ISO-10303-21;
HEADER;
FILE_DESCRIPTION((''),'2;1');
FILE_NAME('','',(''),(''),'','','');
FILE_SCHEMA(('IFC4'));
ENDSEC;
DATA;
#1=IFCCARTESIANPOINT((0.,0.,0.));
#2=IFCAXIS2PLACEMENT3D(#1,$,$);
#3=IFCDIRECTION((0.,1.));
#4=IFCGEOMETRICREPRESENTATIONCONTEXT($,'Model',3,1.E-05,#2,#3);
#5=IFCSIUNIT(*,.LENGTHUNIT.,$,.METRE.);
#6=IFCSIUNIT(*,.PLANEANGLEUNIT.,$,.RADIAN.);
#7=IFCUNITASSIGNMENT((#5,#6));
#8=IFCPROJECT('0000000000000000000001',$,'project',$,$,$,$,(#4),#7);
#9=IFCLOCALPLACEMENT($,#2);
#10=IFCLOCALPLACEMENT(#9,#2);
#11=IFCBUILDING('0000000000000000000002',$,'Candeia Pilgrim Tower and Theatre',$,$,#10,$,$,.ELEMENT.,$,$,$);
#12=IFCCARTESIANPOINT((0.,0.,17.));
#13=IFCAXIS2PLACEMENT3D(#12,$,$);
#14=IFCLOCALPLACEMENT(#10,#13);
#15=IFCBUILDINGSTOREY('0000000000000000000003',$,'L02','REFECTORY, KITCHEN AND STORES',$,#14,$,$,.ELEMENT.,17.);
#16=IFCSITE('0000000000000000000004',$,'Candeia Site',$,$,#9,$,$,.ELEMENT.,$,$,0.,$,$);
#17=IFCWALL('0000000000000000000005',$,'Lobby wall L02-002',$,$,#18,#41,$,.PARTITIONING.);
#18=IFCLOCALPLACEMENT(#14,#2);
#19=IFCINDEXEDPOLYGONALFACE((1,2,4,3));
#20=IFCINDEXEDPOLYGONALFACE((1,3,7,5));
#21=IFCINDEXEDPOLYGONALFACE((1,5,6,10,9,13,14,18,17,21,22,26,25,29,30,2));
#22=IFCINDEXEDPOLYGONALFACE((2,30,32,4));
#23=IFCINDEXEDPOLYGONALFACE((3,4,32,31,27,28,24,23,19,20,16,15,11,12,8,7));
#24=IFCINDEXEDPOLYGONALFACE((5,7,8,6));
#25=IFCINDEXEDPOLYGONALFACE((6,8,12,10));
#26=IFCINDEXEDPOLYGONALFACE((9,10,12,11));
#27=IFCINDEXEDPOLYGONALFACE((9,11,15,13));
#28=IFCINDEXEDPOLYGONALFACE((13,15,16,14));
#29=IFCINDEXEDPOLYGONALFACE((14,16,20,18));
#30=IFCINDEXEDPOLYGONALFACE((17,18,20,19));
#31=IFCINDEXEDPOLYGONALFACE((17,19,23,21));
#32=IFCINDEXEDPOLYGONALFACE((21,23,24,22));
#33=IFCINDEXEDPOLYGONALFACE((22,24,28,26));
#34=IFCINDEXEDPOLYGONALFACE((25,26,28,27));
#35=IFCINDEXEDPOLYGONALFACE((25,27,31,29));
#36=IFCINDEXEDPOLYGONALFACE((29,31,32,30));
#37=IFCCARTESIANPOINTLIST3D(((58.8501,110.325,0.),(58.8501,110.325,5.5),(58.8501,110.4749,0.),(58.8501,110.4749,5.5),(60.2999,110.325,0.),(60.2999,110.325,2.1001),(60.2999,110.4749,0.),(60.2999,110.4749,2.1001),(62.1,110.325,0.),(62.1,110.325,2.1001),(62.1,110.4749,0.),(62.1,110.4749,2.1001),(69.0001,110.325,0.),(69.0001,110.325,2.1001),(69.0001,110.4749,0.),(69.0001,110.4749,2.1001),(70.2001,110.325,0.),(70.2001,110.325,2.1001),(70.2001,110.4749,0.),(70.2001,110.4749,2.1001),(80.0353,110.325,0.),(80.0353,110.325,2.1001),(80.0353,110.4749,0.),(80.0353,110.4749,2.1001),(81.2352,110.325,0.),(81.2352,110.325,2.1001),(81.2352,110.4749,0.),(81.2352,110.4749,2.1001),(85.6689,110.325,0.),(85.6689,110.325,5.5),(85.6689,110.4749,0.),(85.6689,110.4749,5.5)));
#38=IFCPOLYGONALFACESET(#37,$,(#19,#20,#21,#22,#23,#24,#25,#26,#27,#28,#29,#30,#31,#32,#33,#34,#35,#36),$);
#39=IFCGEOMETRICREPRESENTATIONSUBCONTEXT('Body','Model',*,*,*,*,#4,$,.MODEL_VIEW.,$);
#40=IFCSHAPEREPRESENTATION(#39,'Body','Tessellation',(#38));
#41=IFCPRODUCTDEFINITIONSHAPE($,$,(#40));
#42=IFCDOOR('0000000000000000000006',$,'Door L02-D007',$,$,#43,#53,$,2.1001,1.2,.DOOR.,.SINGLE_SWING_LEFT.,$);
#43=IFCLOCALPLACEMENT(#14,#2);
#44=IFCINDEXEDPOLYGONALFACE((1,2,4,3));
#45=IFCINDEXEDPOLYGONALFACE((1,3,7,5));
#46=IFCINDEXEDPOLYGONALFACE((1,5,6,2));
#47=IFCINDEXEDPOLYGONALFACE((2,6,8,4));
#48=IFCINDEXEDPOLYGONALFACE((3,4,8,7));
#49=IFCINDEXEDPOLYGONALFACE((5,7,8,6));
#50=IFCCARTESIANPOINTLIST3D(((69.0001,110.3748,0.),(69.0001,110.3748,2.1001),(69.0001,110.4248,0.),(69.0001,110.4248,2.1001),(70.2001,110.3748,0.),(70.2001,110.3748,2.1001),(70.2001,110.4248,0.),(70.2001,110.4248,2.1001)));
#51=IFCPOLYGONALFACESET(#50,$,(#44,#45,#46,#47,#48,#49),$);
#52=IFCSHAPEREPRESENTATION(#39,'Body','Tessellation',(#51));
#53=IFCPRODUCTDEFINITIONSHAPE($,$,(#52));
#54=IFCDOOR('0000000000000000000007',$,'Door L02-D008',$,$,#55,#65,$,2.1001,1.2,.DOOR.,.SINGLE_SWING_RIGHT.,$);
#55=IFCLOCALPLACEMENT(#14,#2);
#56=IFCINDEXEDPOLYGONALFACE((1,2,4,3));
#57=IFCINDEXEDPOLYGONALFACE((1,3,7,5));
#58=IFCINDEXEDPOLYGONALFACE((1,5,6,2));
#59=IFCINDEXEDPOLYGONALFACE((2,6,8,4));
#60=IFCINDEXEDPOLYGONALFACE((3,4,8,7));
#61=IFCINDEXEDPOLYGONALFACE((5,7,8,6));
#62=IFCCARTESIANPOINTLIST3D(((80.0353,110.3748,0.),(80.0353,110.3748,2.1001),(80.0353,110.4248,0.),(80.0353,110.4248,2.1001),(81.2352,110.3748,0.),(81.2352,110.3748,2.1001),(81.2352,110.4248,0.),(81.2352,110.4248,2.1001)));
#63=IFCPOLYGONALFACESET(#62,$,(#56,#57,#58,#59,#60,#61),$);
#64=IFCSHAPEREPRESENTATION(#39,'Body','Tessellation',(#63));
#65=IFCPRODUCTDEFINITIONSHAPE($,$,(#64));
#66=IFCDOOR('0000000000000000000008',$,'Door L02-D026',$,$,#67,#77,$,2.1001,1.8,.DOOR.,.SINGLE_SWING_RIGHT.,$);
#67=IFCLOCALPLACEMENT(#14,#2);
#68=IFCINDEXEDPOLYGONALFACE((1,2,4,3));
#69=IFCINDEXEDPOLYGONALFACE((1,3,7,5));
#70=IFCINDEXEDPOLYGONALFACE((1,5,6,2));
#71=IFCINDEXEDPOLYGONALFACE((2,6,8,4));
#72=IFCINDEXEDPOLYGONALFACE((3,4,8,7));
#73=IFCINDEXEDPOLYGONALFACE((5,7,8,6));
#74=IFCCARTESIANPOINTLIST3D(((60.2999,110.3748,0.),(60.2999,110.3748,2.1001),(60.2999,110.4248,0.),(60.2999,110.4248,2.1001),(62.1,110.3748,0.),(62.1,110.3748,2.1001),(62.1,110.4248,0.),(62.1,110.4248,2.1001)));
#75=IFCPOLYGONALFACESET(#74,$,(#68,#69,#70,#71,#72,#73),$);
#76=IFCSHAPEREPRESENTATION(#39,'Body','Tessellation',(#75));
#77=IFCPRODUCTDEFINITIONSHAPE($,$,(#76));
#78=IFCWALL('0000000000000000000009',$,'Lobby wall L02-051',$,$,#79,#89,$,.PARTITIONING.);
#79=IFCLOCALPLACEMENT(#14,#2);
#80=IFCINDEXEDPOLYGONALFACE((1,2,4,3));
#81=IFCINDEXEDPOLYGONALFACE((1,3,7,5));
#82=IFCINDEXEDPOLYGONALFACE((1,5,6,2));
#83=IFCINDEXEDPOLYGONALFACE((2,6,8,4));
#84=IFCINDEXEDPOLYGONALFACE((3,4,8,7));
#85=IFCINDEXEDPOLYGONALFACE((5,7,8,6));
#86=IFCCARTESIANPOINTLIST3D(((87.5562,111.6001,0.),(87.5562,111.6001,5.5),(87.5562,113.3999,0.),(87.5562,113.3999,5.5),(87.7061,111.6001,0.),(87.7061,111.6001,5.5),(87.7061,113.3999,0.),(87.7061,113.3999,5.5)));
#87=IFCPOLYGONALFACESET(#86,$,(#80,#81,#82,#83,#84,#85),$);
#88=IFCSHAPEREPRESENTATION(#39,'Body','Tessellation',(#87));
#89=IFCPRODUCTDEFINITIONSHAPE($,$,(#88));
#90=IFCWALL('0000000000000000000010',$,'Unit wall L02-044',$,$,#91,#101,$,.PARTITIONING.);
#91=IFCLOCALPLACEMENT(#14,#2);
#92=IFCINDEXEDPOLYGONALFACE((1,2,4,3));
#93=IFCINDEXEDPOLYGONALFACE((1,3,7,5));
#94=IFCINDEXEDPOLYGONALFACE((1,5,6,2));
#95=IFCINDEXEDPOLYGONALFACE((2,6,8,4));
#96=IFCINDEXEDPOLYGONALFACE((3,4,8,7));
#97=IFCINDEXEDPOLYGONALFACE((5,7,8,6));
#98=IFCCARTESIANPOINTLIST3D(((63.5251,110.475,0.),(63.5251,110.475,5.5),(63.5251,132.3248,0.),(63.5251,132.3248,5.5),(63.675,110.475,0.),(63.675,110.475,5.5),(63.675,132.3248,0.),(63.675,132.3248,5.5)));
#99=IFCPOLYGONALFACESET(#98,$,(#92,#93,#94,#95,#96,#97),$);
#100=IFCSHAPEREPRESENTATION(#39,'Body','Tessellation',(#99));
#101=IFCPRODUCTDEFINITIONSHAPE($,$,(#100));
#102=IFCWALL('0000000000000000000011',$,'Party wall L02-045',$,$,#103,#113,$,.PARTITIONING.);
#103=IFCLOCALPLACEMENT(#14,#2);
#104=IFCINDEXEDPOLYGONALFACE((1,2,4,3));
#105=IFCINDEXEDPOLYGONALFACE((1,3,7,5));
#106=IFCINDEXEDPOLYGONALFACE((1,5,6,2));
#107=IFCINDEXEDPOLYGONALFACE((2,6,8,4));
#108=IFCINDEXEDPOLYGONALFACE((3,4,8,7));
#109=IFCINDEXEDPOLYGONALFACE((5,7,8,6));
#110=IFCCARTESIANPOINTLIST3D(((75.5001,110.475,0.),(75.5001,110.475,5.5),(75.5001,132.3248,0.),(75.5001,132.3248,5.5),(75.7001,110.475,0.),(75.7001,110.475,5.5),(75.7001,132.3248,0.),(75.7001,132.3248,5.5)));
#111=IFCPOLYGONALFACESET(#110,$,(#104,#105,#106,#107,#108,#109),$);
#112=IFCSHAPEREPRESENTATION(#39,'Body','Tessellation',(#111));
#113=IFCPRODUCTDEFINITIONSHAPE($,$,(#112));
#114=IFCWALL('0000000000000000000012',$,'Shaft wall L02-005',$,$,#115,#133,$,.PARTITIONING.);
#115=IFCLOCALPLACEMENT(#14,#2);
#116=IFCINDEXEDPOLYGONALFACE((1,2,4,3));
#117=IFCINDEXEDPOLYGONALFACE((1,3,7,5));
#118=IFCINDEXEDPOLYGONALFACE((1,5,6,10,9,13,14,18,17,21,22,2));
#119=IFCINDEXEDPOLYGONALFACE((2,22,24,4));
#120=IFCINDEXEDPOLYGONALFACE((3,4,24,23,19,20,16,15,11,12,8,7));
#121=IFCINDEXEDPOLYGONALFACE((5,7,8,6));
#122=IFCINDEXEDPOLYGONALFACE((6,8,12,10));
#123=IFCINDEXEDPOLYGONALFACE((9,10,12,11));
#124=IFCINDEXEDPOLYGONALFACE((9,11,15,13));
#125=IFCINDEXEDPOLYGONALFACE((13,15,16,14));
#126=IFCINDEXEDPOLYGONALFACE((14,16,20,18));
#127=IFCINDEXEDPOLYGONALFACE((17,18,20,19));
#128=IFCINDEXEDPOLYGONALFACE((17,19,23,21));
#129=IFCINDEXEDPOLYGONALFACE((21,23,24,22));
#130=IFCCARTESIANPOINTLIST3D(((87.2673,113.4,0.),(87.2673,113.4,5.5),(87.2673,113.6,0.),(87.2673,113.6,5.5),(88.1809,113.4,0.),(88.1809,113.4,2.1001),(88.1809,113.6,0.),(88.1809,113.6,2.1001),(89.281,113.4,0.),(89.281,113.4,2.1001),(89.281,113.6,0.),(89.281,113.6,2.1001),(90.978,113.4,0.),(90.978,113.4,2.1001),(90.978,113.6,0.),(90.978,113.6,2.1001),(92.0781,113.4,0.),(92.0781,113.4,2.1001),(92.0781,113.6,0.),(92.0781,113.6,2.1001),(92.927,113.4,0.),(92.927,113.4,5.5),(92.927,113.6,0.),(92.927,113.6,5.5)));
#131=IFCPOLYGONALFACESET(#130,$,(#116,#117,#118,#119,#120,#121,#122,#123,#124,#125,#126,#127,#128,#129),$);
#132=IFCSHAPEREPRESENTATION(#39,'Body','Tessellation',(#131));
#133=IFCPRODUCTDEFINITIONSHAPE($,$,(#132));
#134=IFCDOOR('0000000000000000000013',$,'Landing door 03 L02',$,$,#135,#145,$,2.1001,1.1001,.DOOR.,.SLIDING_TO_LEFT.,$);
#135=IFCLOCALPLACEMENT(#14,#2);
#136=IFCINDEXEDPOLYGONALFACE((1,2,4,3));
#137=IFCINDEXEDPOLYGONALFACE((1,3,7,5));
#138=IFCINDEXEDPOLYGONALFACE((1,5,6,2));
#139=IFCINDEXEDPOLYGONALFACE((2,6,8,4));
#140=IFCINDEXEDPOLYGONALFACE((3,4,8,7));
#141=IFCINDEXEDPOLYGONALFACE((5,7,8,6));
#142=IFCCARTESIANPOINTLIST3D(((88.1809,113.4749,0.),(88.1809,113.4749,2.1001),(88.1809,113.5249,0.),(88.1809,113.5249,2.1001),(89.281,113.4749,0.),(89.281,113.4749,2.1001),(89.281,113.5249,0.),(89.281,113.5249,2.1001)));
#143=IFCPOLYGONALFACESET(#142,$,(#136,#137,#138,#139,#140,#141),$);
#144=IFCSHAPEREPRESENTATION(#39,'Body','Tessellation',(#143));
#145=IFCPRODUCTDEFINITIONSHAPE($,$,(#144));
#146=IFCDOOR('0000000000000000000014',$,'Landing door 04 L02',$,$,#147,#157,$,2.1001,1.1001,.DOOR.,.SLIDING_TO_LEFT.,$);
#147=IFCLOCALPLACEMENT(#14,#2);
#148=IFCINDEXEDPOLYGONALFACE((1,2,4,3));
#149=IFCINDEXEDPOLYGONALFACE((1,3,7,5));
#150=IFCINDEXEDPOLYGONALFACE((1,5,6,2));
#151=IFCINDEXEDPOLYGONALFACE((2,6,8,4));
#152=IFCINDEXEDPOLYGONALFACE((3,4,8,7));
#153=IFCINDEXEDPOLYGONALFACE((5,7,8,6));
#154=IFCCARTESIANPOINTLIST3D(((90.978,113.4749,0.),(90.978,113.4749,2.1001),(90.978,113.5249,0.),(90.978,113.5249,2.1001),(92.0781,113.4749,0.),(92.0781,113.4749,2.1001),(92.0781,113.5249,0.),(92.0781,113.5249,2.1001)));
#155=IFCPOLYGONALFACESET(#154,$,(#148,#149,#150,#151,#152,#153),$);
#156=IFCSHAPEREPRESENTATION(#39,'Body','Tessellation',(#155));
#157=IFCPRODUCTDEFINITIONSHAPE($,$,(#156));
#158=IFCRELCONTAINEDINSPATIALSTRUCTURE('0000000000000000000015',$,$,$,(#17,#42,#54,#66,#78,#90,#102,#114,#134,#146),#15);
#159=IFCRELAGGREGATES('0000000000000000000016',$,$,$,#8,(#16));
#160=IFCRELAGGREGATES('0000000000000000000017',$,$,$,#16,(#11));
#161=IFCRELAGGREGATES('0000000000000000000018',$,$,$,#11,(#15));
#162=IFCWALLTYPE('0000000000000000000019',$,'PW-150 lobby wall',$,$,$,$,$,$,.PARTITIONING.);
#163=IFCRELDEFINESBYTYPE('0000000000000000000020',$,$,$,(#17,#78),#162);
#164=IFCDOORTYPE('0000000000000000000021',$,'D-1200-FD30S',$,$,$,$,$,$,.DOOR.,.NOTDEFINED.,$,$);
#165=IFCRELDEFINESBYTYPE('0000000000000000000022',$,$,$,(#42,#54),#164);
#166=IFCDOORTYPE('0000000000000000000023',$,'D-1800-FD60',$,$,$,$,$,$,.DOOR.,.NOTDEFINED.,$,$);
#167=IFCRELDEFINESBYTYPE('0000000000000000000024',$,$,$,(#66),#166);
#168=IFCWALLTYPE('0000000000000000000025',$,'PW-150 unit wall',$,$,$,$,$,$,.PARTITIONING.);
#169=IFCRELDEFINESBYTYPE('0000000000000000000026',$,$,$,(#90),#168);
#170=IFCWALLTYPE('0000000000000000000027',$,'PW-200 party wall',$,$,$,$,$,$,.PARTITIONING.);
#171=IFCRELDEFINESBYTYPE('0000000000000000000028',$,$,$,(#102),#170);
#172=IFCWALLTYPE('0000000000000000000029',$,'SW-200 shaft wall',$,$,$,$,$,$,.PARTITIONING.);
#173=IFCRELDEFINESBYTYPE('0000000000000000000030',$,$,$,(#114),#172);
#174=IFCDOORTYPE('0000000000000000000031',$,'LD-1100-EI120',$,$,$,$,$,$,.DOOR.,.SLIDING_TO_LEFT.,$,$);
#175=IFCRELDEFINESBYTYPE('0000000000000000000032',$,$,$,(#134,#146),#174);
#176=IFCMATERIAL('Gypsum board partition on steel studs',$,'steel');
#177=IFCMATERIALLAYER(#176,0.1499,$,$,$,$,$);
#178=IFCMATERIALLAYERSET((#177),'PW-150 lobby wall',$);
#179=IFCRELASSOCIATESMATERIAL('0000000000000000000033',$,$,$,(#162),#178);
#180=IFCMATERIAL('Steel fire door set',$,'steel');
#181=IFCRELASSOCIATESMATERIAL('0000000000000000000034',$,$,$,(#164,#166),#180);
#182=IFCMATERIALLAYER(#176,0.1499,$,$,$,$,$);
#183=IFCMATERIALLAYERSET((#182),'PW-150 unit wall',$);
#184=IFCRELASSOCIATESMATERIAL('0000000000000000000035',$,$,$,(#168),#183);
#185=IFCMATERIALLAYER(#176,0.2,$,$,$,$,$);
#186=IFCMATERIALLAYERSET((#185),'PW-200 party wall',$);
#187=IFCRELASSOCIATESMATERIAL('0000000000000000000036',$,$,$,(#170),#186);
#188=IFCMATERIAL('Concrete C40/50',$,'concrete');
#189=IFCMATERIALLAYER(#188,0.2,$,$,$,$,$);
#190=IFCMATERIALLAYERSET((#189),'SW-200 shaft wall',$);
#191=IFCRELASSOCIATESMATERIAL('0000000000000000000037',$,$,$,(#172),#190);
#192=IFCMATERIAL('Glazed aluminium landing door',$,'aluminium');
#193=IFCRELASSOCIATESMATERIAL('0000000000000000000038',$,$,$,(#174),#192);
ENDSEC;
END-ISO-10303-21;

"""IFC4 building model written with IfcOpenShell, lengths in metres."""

from ifc_helpers import new_model, si_unit, direction, frame, frame_2d, origin, place, context, subcontext, project, spatial, rectangle, extrude, material, layer, layer_set, type_object, element, fill, save


model = new_model("IFC4")

# Units and contexts
model_context = context("Model", 3, precision=1e-05, world=origin(), true_north=direction((0.0, 1.0)))
body_context = subcontext(model_context, "Body", "Model", "MODEL_VIEW")
ifc_project = project(units=[si_unit("LENGTHUNIT", "METRE"), si_unit("PLANEANGLEUNIT", "RADIAN")], contexts=[model_context])

# Site, building, storey
site_placement = place(None, origin())
site = spatial("IfcSite", under=ifc_project, at=site_placement, Name="Candeia Site", CompositionType="ELEMENT", RefElevation=0.0)
building_placement = place(site_placement, origin())
building = spatial("IfcBuilding", under=site, at=building_placement, Name="Candeia Pilgrim Tower and Theatre", CompositionType="ELEMENT")
storey_placement = place(building_placement, frame((0.0, 0.0, 17.0)))
storey = spatial("IfcBuildingStorey", under=building, at=storey_placement, Name="L02", Description="REFECTORY, KITCHEN AND STORES", CompositionType="ELEMENT", Elevation=17.0)

# Wall, openings, doors
ifc_material_1 = material(Name="Gypsum board partition on steel studs", Category="steel")
ifc_layer_1 = layer(ifc_material_1, 0.1499)
ifc_layer_set_1 = layer_set([ifc_layer_1], Name="PW-150 lobby wall")
wall_type_1 = type_object("IfcWallType", Name="PW-150 lobby wall", PredefinedType="PARTITIONING", material=ifc_layer_set_1)
ifc_material_2 = material(Name="Steel fire door set", Category="steel")
door_type_1 = type_object("IfcDoorType", Name="D-1200-FD30S", OperationType="NOTDEFINED", PredefinedType="DOOR", material=ifc_material_2)
wall_1_placement = place(storey_placement, frame((58.8501, 110.3999, 0.0), z_axis=(0.0, 0.0, 1.0), x_axis=(1.0, 0.0, 0.0)))
wall_1 = element("IfcWall", 1, at=wall_1_placement, inside=storey, type_object=wall_type_1, Name="Lobby wall L02-002", PredefinedType="PARTITIONING", context=body_context, shape_type="SweptSolid", body=[
    extrude(rectangle(XDim=26.8188, YDim=0.1499, at=frame_2d((13.4094, 0.0))), origin(), (0.0, 0.0, 1.0), 5.5),
])
opening_1_placement = place(wall_1_placement, frame((10.1499, 0.0, 0.0)))
opening_1 = element("IfcOpeningElement", 2, at=opening_1_placement, cuts=wall_1, PredefinedType="OPENING", context=body_context, shape_type="SweptSolid", body=[
    extrude(rectangle(XDim=1.2, YDim=2.1001, at=frame_2d((0.6001, 1.05))), frame((0.0, 0.085, 0.0), z_axis=(0.0, -1.0, 0.0), x_axis=(1.0, 0.0, 0.0)), (0.0, 0.0, 1.0), 0.1699),
])
opening_2_placement = place(wall_1_placement, frame((21.1851, 0.0, 0.0)))
opening_2 = element("IfcOpeningElement", 3, at=opening_2_placement, cuts=wall_1, PredefinedType="OPENING", context=body_context, shape_type="SweptSolid", body=[
    extrude(rectangle(XDim=1.2, YDim=2.1001, at=frame_2d((0.6001, 1.05))), frame((0.0, 0.085, 0.0), z_axis=(0.0, -1.0, 0.0), x_axis=(1.0, 0.0, 0.0)), (0.0, 0.0, 1.0), 0.1699),
])
opening_3_placement = place(wall_1_placement, frame((1.45, 0.0, 0.0)))
opening_3 = element("IfcOpeningElement", 4, at=opening_3_placement, cuts=wall_1, PredefinedType="OPENING", context=body_context, shape_type="SweptSolid", body=[
    extrude(rectangle(XDim=1.8, YDim=2.1001, at=frame_2d((0.8999, 1.05))), frame((0.0, 0.085, 0.0), z_axis=(0.0, -1.0, 0.0), x_axis=(1.0, 0.0, 0.0)), (0.0, 0.0, 1.0), 0.1699),
])
door_1_placement = place(opening_1_placement, origin())
door_1 = element("IfcDoor", 5, at=door_1_placement, inside=storey, type_object=door_type_1, Name="Door L02-D007", OperationType="SINGLE_SWING_LEFT", OverallHeight=2.1001, OverallWidth=1.2, PredefinedType="DOOR", context=body_context, shape_type="SweptSolid", body=[
    extrude(rectangle(XDim=1.2, YDim=2.1001, at=frame_2d((0.6001, 1.05))), frame((0.0, 0.0249, 0.0), z_axis=(0.0, -1.0, 0.0), x_axis=(1.0, 0.0, 0.0)), (0.0, 0.0, 1.0), 0.05),
])
fill(opening_1, door_1)
door_2_placement = place(opening_2_placement, origin())
door_2 = element("IfcDoor", 6, at=door_2_placement, inside=storey, type_object=door_type_1, Name="Door L02-D008", OperationType="SINGLE_SWING_RIGHT", OverallHeight=2.1001, OverallWidth=1.2, PredefinedType="DOOR", context=body_context, shape_type="SweptSolid", body=[
    extrude(rectangle(XDim=1.2, YDim=2.1001, at=frame_2d((0.6001, 1.05))), frame((0.0, 0.0249, 0.0), z_axis=(0.0, -1.0, 0.0), x_axis=(1.0, 0.0, 0.0)), (0.0, 0.0, 1.0), 0.05),
])
fill(opening_2, door_2)
door_type_2 = type_object("IfcDoorType", Name="D-1800-FD60", OperationType="NOTDEFINED", PredefinedType="DOOR", material=ifc_material_2)
door_3_placement = place(opening_3_placement, origin())
door_3 = element("IfcDoor", 7, at=door_3_placement, inside=storey, type_object=door_type_2, Name="Door L02-D026", OperationType="SINGLE_SWING_RIGHT", OverallHeight=2.1001, OverallWidth=1.8, PredefinedType="DOOR", context=body_context, shape_type="SweptSolid", body=[
    extrude(rectangle(XDim=1.8, YDim=2.1001, at=frame_2d((0.8999, 1.05))), frame((0.0, 0.0249, 0.0), z_axis=(0.0, -1.0, 0.0), x_axis=(1.0, 0.0, 0.0)), (0.0, 0.0, 1.0), 0.05),
])
fill(opening_3, door_3)

# Walls
wall_2_placement = place(storey_placement, frame((87.6311, 111.6001, 0.0), z_axis=(0.0, 0.0, 1.0), x_axis=(0.0, 1.0, 0.0)))
element("IfcWall", 8, at=wall_2_placement, inside=storey, type_object=wall_type_1, Name="Lobby wall L02-051", PredefinedType="PARTITIONING", context=body_context, shape_type="SweptSolid", body=[
    extrude(rectangle(XDim=1.7998, YDim=0.1499, at=frame_2d((0.8999, 0.0))), origin(), (0.0, 0.0, 1.0), 5.5),
])
ifc_layer_2 = layer(ifc_material_1, 0.1499)
ifc_layer_set_2 = layer_set([ifc_layer_2], Name="PW-150 unit wall")
wall_type_2 = type_object("IfcWallType", Name="PW-150 unit wall", PredefinedType="PARTITIONING", material=ifc_layer_set_2)
wall_3_placement = place(storey_placement, frame((63.6001, 110.4751, 0.0), z_axis=(0.0, 0.0, 1.0), x_axis=(0.0, 1.0, 0.0)))
element("IfcWall", 9, at=wall_3_placement, inside=storey, type_object=wall_type_2, Name="Unit wall L02-044", PredefinedType="PARTITIONING", context=body_context, shape_type="SweptSolid", body=[
    extrude(rectangle(XDim=21.8499, YDim=0.1499, at=frame_2d((10.9248, 0.0))), origin(), (0.0, 0.0, 1.0), 5.5),
])
ifc_layer_3 = layer(ifc_material_1, 0.2)
ifc_layer_set_3 = layer_set([ifc_layer_3], Name="PW-200 party wall")
wall_type_3 = type_object("IfcWallType", Name="PW-200 party wall", PredefinedType="PARTITIONING", material=ifc_layer_set_3)
wall_4_placement = place(storey_placement, frame((75.6001, 110.4751, 0.0), z_axis=(0.0, 0.0, 1.0), x_axis=(0.0, 1.0, 0.0)))
element("IfcWall", 10, at=wall_4_placement, inside=storey, type_object=wall_type_3, Name="Party wall L02-045", PredefinedType="PARTITIONING", context=body_context, shape_type="SweptSolid", body=[
    extrude(rectangle(XDim=21.8499, YDim=0.2, at=frame_2d((10.9248, 0.0))), origin(), (0.0, 0.0, 1.0), 5.5),
])

# Wall, openings, doors
ifc_material_3 = material(Name="Concrete C40/50", Category="concrete")
ifc_layer_4 = layer(ifc_material_3, 0.2)
ifc_layer_set_4 = layer_set([ifc_layer_4], Name="SW-200 shaft wall")
wall_type_4 = type_object("IfcWallType", Name="SW-200 shaft wall", PredefinedType="PARTITIONING", material=ifc_layer_set_4)
wall_5_placement = place(storey_placement, frame((87.2673, 113.5, 0.0), z_axis=(0.0, 0.0, 1.0), x_axis=(1.0, 0.0, 0.0)))
wall_5 = element("IfcWall", 11, at=wall_5_placement, inside=storey, type_object=wall_type_4, Name="Shaft wall L02-005", PredefinedType="PARTITIONING", context=body_context, shape_type="SweptSolid", body=[
    extrude(rectangle(XDim=5.6597, YDim=0.2, at=frame_2d((2.8298, 0.0))), origin(), (0.0, 0.0, 1.0), 5.5),
])
opening_4_placement = place(wall_5_placement, frame((0.9136, 0.0, 0.0)))
opening_4 = element("IfcOpeningElement", 12, at=opening_4_placement, cuts=wall_5, PredefinedType="OPENING", context=body_context, shape_type="SweptSolid", body=[
    extrude(rectangle(XDim=1.1001, YDim=2.1001, at=frame_2d((0.55, 1.05))), frame((0.0, 0.1099, 0.0), z_axis=(0.0, -1.0, 0.0), x_axis=(1.0, 0.0, 0.0)), (0.0, 0.0, 1.0), 0.22),
])
opening_5_placement = place(wall_5_placement, frame((3.7107, 0.0, 0.0)))
opening_5 = element("IfcOpeningElement", 13, at=opening_5_placement, cuts=wall_5, PredefinedType="OPENING", context=body_context, shape_type="SweptSolid", body=[
    extrude(rectangle(XDim=1.1001, YDim=2.1001, at=frame_2d((0.55, 1.05))), frame((0.0, 0.1099, 0.0), z_axis=(0.0, -1.0, 0.0), x_axis=(1.0, 0.0, 0.0)), (0.0, 0.0, 1.0), 0.22),
])
ifc_material_4 = material(Name="Glazed aluminium landing door", Category="aluminium")
door_type_3 = type_object("IfcDoorType", Name="LD-1100-EI120", OperationType="SLIDING_TO_LEFT", PredefinedType="DOOR", material=ifc_material_4)
door_4_placement = place(opening_4_placement, origin())
door_4 = element("IfcDoor", 14, at=door_4_placement, inside=storey, type_object=door_type_3, Name="Landing door 03 L02", OperationType="SLIDING_TO_LEFT", OverallHeight=2.1001, OverallWidth=1.1001, PredefinedType="DOOR", context=body_context, shape_type="SweptSolid", body=[
    extrude(rectangle(XDim=1.1001, YDim=2.1001, at=frame_2d((0.55, 1.05))), frame((0.0, 0.0249, 0.0), z_axis=(0.0, -1.0, 0.0), x_axis=(1.0, 0.0, 0.0)), (0.0, 0.0, 1.0), 0.05),
])
fill(opening_4, door_4)
door_5_placement = place(opening_5_placement, origin())
door_5 = element("IfcDoor", 15, at=door_5_placement, inside=storey, type_object=door_type_3, Name="Landing door 04 L02", OperationType="SLIDING_TO_LEFT", OverallHeight=2.1001, OverallWidth=1.1001, PredefinedType="DOOR", context=body_context, shape_type="SweptSolid", body=[
    extrude(rectangle(XDim=1.1001, YDim=2.1001, at=frame_2d((0.55, 1.05))), frame((0.0, 0.0249, 0.0), z_axis=(0.0, -1.0, 0.0), x_axis=(1.0, 0.0, 0.0)), (0.0, 0.0, 1.0), 0.05),
])
fill(opening_5, door_5)

save(model, "model.ifc")
